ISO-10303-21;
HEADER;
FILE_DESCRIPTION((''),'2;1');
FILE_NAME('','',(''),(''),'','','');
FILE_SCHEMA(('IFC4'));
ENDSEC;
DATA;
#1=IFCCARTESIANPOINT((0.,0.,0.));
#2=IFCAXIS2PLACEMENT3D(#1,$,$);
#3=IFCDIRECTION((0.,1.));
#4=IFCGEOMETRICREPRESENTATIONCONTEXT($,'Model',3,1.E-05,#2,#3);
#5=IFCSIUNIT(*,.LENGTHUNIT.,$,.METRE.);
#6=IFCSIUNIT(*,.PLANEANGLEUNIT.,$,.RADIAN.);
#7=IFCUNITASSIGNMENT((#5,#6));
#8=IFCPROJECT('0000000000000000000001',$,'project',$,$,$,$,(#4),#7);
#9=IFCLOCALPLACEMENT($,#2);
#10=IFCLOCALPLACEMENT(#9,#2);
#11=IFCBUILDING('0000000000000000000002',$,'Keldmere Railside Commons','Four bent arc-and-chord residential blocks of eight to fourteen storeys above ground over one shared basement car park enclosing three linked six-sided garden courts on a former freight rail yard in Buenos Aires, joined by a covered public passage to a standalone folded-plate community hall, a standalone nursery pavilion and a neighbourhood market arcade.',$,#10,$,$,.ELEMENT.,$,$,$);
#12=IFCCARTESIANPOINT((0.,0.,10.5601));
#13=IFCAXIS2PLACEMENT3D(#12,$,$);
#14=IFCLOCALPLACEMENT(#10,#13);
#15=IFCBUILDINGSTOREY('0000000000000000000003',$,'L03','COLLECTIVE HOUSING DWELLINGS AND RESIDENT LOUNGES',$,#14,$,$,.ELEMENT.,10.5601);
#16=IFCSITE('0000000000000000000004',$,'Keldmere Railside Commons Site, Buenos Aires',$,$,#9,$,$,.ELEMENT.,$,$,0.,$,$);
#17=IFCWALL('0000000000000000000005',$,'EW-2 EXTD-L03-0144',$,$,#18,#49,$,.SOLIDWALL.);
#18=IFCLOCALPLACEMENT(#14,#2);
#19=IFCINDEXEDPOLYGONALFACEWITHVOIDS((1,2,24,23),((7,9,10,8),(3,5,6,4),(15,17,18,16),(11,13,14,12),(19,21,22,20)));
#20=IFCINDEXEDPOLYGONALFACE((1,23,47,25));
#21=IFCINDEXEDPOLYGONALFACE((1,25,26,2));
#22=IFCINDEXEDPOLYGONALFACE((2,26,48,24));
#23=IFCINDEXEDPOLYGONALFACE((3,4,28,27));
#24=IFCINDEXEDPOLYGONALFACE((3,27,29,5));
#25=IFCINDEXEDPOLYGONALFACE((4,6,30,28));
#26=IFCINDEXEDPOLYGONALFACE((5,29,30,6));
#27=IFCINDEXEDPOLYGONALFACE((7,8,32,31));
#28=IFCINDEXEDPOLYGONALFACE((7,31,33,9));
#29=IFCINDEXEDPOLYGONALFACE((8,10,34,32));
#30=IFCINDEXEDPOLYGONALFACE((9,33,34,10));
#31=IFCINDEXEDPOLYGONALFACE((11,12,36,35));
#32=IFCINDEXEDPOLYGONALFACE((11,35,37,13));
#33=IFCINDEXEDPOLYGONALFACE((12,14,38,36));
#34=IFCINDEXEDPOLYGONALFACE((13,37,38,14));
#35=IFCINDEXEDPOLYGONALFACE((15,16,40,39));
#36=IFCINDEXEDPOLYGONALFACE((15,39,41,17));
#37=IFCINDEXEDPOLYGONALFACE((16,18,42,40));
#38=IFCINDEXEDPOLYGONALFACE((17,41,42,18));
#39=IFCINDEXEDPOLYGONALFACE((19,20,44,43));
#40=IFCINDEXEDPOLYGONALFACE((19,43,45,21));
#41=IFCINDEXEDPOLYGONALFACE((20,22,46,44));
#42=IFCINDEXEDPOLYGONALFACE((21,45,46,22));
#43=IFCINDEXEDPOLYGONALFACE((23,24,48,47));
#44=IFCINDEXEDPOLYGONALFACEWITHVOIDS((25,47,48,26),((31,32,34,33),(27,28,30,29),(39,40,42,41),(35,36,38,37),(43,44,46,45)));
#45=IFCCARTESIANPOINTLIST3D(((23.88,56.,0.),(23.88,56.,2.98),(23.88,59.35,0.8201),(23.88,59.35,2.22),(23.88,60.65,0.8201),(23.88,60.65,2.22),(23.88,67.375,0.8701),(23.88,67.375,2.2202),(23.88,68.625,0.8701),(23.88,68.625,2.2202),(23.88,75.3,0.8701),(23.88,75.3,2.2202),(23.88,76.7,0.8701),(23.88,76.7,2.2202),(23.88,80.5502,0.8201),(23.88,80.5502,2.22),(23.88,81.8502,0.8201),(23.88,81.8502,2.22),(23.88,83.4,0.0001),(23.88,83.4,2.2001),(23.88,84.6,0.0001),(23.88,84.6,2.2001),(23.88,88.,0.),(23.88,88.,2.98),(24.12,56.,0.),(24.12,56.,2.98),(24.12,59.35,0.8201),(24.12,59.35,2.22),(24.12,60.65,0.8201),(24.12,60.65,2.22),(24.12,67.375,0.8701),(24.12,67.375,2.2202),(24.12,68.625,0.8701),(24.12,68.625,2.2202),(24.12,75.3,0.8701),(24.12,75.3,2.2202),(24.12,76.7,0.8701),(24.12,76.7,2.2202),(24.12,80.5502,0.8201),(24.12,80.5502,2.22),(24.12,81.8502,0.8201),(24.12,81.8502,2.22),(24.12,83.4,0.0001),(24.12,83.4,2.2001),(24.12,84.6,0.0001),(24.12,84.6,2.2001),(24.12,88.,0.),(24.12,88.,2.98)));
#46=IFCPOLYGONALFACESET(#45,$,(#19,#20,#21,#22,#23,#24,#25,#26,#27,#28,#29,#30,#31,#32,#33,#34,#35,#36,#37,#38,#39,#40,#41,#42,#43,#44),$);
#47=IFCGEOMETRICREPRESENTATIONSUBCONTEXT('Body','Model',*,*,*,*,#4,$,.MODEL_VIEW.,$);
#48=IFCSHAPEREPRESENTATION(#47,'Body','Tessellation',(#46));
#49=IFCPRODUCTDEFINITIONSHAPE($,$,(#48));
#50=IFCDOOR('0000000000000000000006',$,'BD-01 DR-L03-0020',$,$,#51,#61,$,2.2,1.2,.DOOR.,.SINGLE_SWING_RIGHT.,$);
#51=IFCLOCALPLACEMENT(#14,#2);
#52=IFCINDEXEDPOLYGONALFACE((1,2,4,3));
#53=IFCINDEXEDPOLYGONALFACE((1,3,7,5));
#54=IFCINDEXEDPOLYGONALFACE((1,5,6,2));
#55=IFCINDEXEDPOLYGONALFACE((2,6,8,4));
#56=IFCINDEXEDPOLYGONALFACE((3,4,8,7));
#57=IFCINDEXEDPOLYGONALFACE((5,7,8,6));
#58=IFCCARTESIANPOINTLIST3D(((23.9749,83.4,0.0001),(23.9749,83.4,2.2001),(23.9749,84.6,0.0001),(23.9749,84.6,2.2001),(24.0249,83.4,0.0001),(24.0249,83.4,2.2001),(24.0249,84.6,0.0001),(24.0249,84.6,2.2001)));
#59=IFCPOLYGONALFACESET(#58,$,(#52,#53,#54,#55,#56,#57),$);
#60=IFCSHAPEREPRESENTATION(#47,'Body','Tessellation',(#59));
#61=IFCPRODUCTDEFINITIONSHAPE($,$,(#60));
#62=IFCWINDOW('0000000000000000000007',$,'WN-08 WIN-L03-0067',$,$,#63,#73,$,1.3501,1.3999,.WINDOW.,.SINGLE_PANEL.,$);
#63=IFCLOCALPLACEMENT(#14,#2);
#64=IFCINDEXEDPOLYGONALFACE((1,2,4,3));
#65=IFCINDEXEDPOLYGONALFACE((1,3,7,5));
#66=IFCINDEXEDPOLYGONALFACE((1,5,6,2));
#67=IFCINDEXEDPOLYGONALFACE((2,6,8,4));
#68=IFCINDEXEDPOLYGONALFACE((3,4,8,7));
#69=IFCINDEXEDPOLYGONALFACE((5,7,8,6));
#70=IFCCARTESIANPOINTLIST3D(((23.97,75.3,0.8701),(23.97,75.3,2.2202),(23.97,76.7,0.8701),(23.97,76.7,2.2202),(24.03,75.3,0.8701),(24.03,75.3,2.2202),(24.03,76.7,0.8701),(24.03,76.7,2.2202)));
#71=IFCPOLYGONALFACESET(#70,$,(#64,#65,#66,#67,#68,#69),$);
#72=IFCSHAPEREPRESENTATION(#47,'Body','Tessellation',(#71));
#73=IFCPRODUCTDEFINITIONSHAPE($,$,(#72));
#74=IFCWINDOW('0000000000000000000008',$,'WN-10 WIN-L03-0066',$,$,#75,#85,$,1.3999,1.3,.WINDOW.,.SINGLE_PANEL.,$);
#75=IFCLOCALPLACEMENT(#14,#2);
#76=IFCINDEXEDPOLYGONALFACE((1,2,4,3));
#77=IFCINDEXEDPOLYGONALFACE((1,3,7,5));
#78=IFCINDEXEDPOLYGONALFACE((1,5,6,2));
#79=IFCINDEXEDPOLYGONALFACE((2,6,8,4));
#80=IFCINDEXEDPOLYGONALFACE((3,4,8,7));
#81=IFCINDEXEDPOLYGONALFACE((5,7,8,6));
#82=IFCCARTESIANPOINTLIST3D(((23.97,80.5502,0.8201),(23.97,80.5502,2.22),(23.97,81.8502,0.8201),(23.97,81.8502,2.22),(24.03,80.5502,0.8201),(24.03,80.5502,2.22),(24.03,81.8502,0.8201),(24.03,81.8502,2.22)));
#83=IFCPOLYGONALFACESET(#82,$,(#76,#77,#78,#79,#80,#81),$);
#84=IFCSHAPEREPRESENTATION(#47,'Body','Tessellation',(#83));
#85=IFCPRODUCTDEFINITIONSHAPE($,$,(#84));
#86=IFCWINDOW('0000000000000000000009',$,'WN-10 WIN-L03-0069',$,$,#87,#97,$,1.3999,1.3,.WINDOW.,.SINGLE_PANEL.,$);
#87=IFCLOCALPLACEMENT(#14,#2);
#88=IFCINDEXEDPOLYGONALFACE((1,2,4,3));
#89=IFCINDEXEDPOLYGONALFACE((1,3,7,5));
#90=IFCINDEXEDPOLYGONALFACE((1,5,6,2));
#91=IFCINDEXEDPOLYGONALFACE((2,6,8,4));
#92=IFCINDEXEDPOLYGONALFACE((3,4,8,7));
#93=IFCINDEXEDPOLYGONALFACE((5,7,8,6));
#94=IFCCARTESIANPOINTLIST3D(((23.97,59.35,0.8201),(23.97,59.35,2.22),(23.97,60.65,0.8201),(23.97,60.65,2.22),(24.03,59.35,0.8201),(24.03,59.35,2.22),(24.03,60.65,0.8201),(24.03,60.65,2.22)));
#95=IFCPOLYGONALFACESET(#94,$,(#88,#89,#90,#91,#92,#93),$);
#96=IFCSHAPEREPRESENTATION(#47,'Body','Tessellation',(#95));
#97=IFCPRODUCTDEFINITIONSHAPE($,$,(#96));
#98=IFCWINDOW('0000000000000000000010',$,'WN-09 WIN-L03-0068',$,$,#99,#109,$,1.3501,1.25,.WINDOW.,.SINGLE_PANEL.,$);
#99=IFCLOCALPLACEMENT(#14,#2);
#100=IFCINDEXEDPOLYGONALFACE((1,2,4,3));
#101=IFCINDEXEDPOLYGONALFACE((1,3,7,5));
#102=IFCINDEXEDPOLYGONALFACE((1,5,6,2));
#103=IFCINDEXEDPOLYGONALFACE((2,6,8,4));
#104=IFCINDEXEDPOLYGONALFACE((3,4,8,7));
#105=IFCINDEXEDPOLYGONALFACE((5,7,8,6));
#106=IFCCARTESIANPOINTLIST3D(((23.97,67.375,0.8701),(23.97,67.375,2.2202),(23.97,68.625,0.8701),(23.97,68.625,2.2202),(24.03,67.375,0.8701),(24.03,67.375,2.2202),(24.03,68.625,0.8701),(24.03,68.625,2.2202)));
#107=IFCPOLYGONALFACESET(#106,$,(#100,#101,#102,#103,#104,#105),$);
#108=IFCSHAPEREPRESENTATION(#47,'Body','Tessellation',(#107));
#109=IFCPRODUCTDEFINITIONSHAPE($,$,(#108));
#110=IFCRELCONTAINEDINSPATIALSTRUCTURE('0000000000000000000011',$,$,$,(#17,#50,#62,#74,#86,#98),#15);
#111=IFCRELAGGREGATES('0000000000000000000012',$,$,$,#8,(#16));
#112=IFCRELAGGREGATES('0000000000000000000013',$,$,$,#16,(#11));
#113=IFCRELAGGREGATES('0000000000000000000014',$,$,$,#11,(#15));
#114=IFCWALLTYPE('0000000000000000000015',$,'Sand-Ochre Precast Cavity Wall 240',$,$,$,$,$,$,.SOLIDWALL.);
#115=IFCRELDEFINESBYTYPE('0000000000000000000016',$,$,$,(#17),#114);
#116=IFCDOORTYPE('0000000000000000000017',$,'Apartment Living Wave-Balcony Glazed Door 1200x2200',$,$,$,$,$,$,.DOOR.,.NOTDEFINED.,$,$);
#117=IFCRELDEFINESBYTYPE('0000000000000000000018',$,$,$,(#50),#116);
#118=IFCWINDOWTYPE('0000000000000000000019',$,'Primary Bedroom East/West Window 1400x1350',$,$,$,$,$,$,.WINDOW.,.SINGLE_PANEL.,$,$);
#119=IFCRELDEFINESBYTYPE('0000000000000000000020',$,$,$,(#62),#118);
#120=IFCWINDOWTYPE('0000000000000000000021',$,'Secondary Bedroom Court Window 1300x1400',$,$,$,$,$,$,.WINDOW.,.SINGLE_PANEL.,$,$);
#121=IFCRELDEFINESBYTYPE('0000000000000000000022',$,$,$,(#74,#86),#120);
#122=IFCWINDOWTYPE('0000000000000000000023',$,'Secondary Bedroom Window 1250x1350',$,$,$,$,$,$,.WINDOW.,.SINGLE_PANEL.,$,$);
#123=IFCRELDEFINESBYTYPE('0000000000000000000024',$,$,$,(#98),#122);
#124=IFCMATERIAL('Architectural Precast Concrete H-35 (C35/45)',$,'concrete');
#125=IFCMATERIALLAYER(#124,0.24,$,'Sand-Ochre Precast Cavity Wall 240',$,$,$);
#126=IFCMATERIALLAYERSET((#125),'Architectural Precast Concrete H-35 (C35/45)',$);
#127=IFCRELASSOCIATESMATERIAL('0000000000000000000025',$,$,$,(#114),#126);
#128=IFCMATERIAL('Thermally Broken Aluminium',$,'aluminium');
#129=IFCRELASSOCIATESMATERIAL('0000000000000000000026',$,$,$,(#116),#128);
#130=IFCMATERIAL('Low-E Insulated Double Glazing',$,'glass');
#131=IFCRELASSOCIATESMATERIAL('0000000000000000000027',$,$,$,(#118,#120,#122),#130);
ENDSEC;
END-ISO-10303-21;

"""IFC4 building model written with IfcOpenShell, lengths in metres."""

from ifc_helpers import new_model, si_unit, direction, frame, frame_2d, origin, place, context, subcontext, project, spatial, rectangle, extrude, material, layer, layer_set, type_object, element, fill, save


model = new_model("IFC4")

# Units and contexts
model_context = context("Model", 3, precision=1e-05, world=origin(), true_north=direction((0.0, 1.0)))
body_context = subcontext(model_context, "Body", "Model", "MODEL_VIEW")
ifc_project = project(units=[si_unit("LENGTHUNIT", "METRE"), si_unit("PLANEANGLEUNIT", "RADIAN")], contexts=[model_context])

# Site, building, storey
site_placement = place(None, origin())
site = spatial("IfcSite", under=ifc_project, at=site_placement, Name="Keldmere Railside Commons Site, Buenos Aires", CompositionType="ELEMENT", RefElevation=0.0)
building_placement = place(site_placement, origin())
building = spatial("IfcBuilding", under=site, at=building_placement, Name="Keldmere Railside Commons", Description="Four bent arc-and-chord residential blocks of eight to fourteen storeys above ground over one shared basement car park enclosing three linked six-sided garden courts on a former freight rail yard in Buenos Aires, joined by a covered public passage to a standalone folded-plate community hall, a standalone nursery pavilion and a neighbourhood market arcade.", CompositionType="ELEMENT")
storey_placement = place(building_placement, frame((0.0, 0.0, 10.5601)))
storey = spatial("IfcBuildingStorey", under=building, at=storey_placement, Name="L03", Description="COLLECTIVE HOUSING DWELLINGS AND RESIDENT LOUNGES", CompositionType="ELEMENT", Elevation=10.5601)

# Shared definitions
ifc_material_1 = material(Name="Thermally Broken Aluminium", Category="aluminium")
ifc_material_2 = material(Name="Low-E Insulated Double Glazing", Category="glass")

# Wall, openings, door, windows
ifc_material_3 = material(Name="Architectural Precast Concrete H-35 (C35/45)", Category="concrete")
ifc_layer_1 = layer(ifc_material_3, 0.24, Name="Sand-Ochre Precast Cavity Wall 240")
ifc_layer_set_1 = layer_set([ifc_layer_1], Name="Architectural Precast Concrete H-35 (C35/45)")
wall_type_1 = type_object("IfcWallType", Name="Sand-Ochre Precast Cavity Wall 240", PredefinedType="SOLIDWALL", material=ifc_layer_set_1)
wall_1_placement = place(storey_placement, frame((24.0, 88.0, 0.0), z_axis=(0.0, 0.0, 1.0), x_axis=(0.0, -1.0, 0.0)))
wall_1 = element("IfcWall", 1, at=wall_1_placement, inside=storey, type_object=wall_type_1, Name="EW-2 EXTD-L03-0144", PredefinedType="SOLIDWALL", context=body_context, shape_type="SweptSolid", body=[
    extrude(rectangle(XDim=32.0, YDim=0.24, at=frame_2d((16.0, 0.0))), origin(), (0.0, 0.0, 1.0), 2.98),
])
opening_1_placement = place(wall_1_placement, frame((3.3999, 0.0, 0.0)))
opening_1 = element("IfcOpeningElement", 2, at=opening_1_placement, cuts=wall_1, PredefinedType="OPENING", context=body_context, shape_type="SweptSolid", body=[
    extrude(rectangle(XDim=1.2, YDim=2.2, at=frame_2d((0.6001, 1.1001))), frame((0.0, 0.1299, 0.0), z_axis=(0.0, -1.0, 0.0), x_axis=(1.0, 0.0, 0.0)), (0.0, 0.0, 1.0), 0.26),
])
opening_2_placement = place(wall_1_placement, frame((6.1499, 0.0, 0.8201)))
opening_2 = element("IfcOpeningElement", 3, at=opening_2_placement, cuts=wall_1, PredefinedType="OPENING", context=body_context, shape_type="SweptSolid", body=[
    extrude(rectangle(XDim=1.3, YDim=1.3999, at=frame_2d((0.6499, 0.7))), frame((0.0, 0.1299, 0.0), z_axis=(0.0, -1.0, 0.0), x_axis=(1.0, 0.0, 0.0)), (0.0, 0.0, 1.0), 0.26),
])
opening_3_placement = place(wall_1_placement, frame((11.3, 0.0, 0.8701)))
opening_3 = element("IfcOpeningElement", 4, at=opening_3_placement, cuts=wall_1, PredefinedType="OPENING", context=body_context, shape_type="SweptSolid", body=[
    extrude(rectangle(XDim=1.3999, YDim=1.3501, at=frame_2d((0.7, 0.675))), frame((0.0, 0.1299, 0.0), z_axis=(0.0, -1.0, 0.0), x_axis=(1.0, 0.0, 0.0)), (0.0, 0.0, 1.0), 0.26),
])
opening_4_placement = place(wall_1_placement, frame((19.375, 0.0, 0.8701)))
opening_4 = element("IfcOpeningElement", 5, at=opening_4_placement, cuts=wall_1, PredefinedType="OPENING", context=body_context, shape_type="SweptSolid", body=[
    extrude(rectangle(XDim=1.25, YDim=1.3501, at=frame_2d((0.625, 0.675))), frame((0.0, 0.1299, 0.0), z_axis=(0.0, -1.0, 0.0), x_axis=(1.0, 0.0, 0.0)), (0.0, 0.0, 1.0), 0.26),
])
opening_5_placement = place(wall_1_placement, frame((27.3501, 0.0, 0.8201)))
opening_5 = element("IfcOpeningElement", 6, at=opening_5_placement, cuts=wall_1, PredefinedType="OPENING", context=body_context, shape_type="SweptSolid", body=[
    extrude(rectangle(XDim=1.3, YDim=1.3999, at=frame_2d((0.6499, 0.7))), frame((0.0, 0.1299, 0.0), z_axis=(0.0, -1.0, 0.0), x_axis=(1.0, 0.0, 0.0)), (0.0, 0.0, 1.0), 0.26),
])
door_type_1 = type_object("IfcDoorType", Name="Apartment Living Wave-Balcony Glazed Door 1200x2200", OperationType="NOTDEFINED", PredefinedType="DOOR", material=ifc_material_1)
door_1_placement = place(opening_1_placement, origin())
door_1 = element("IfcDoor", 7, at=door_1_placement, inside=storey, type_object=door_type_1, Name="BD-01 DR-L03-0020", OperationType="SINGLE_SWING_RIGHT", OverallHeight=2.2, OverallWidth=1.2, PredefinedType="DOOR", context=body_context, shape_type="SweptSolid", body=[
    extrude(rectangle(XDim=1.2, YDim=2.2, at=frame_2d((0.6001, 1.1001))), frame((0.0, 0.0249, 0.0), z_axis=(0.0, -1.0, 0.0), x_axis=(1.0, 0.0, 0.0)), (0.0, 0.0, 1.0), 0.05),
])
fill(opening_1, door_1)
window_type_1 = type_object("IfcWindowType", Name="Primary Bedroom East/West Window 1400x1350", PartitioningType="SINGLE_PANEL", PredefinedType="WINDOW", material=ifc_material_2)
window_1_placement = place(opening_3_placement, origin())
window_1 = element("IfcWindow", 8, at=window_1_placement, inside=storey, type_object=window_type_1, Name="WN-08 WIN-L03-0067", OverallHeight=1.3501, OverallWidth=1.3999, PartitioningType="SINGLE_PANEL", PredefinedType="WINDOW", context=body_context, shape_type="SweptSolid", body=[
    extrude(rectangle(XDim=1.3999, YDim=1.3501, at=frame_2d((0.7, 0.675))), frame((0.0, 0.03, 0.0), z_axis=(0.0, -1.0, 0.0), x_axis=(1.0, 0.0, 0.0)), (0.0, 0.0, 1.0), 0.0601),
])
fill(opening_3, window_1)
window_type_2 = type_object("IfcWindowType", Name="Secondary Bedroom Court Window 1300x1400", PartitioningType="SINGLE_PANEL", PredefinedType="WINDOW", material=ifc_material_2)
window_2_placement = place(opening_2_placement, origin())
window_2 = element("IfcWindow", 9, at=window_2_placement, inside=storey, type_object=window_type_2, Name="WN-10 WIN-L03-0066", OverallHeight=1.3999, OverallWidth=1.3, PartitioningType="SINGLE_PANEL", PredefinedType="WINDOW", context=body_context, shape_type="SweptSolid", body=[
    extrude(rectangle(XDim=1.3, YDim=1.3999, at=frame_2d((0.6499, 0.7))), frame((0.0, 0.03, 0.0), z_axis=(0.0, -1.0, 0.0), x_axis=(1.0, 0.0, 0.0)), (0.0, 0.0, 1.0), 0.0601),
])
fill(opening_2, window_2)
window_3_placement = place(opening_5_placement, origin())
window_3 = element("IfcWindow", 10, at=window_3_placement, inside=storey, type_object=window_type_2, Name="WN-10 WIN-L03-0069", OverallHeight=1.3999, OverallWidth=1.3, PartitioningType="SINGLE_PANEL", PredefinedType="WINDOW", context=body_context, shape_type="SweptSolid", body=[
    extrude(rectangle(XDim=1.3, YDim=1.3999, at=frame_2d((0.6499, 0.7))), frame((0.0, 0.03, 0.0), z_axis=(0.0, -1.0, 0.0), x_axis=(1.0, 0.0, 0.0)), (0.0, 0.0, 1.0), 0.0601),
])
fill(opening_5, window_3)
window_type_3 = type_object("IfcWindowType", Name="Secondary Bedroom Window 1250x1350", PartitioningType="SINGLE_PANEL", PredefinedType="WINDOW", material=ifc_material_2)
window_4_placement = place(opening_4_placement, origin())
window_4 = element("IfcWindow", 11, at=window_4_placement, inside=storey, type_object=window_type_3, Name="WN-09 WIN-L03-0068", OverallHeight=1.3501, OverallWidth=1.25, PartitioningType="SINGLE_PANEL", PredefinedType="WINDOW", context=body_context, shape_type="SweptSolid", body=[
    extrude(rectangle(XDim=1.25, YDim=1.3501, at=frame_2d((0.625, 0.675))), frame((0.0, 0.03, 0.0), z_axis=(0.0, -1.0, 0.0), x_axis=(1.0, 0.0, 0.0)), (0.0, 0.0, 1.0), 0.0601),
])
fill(opening_4, window_4)

save(model, "model.ifc")
